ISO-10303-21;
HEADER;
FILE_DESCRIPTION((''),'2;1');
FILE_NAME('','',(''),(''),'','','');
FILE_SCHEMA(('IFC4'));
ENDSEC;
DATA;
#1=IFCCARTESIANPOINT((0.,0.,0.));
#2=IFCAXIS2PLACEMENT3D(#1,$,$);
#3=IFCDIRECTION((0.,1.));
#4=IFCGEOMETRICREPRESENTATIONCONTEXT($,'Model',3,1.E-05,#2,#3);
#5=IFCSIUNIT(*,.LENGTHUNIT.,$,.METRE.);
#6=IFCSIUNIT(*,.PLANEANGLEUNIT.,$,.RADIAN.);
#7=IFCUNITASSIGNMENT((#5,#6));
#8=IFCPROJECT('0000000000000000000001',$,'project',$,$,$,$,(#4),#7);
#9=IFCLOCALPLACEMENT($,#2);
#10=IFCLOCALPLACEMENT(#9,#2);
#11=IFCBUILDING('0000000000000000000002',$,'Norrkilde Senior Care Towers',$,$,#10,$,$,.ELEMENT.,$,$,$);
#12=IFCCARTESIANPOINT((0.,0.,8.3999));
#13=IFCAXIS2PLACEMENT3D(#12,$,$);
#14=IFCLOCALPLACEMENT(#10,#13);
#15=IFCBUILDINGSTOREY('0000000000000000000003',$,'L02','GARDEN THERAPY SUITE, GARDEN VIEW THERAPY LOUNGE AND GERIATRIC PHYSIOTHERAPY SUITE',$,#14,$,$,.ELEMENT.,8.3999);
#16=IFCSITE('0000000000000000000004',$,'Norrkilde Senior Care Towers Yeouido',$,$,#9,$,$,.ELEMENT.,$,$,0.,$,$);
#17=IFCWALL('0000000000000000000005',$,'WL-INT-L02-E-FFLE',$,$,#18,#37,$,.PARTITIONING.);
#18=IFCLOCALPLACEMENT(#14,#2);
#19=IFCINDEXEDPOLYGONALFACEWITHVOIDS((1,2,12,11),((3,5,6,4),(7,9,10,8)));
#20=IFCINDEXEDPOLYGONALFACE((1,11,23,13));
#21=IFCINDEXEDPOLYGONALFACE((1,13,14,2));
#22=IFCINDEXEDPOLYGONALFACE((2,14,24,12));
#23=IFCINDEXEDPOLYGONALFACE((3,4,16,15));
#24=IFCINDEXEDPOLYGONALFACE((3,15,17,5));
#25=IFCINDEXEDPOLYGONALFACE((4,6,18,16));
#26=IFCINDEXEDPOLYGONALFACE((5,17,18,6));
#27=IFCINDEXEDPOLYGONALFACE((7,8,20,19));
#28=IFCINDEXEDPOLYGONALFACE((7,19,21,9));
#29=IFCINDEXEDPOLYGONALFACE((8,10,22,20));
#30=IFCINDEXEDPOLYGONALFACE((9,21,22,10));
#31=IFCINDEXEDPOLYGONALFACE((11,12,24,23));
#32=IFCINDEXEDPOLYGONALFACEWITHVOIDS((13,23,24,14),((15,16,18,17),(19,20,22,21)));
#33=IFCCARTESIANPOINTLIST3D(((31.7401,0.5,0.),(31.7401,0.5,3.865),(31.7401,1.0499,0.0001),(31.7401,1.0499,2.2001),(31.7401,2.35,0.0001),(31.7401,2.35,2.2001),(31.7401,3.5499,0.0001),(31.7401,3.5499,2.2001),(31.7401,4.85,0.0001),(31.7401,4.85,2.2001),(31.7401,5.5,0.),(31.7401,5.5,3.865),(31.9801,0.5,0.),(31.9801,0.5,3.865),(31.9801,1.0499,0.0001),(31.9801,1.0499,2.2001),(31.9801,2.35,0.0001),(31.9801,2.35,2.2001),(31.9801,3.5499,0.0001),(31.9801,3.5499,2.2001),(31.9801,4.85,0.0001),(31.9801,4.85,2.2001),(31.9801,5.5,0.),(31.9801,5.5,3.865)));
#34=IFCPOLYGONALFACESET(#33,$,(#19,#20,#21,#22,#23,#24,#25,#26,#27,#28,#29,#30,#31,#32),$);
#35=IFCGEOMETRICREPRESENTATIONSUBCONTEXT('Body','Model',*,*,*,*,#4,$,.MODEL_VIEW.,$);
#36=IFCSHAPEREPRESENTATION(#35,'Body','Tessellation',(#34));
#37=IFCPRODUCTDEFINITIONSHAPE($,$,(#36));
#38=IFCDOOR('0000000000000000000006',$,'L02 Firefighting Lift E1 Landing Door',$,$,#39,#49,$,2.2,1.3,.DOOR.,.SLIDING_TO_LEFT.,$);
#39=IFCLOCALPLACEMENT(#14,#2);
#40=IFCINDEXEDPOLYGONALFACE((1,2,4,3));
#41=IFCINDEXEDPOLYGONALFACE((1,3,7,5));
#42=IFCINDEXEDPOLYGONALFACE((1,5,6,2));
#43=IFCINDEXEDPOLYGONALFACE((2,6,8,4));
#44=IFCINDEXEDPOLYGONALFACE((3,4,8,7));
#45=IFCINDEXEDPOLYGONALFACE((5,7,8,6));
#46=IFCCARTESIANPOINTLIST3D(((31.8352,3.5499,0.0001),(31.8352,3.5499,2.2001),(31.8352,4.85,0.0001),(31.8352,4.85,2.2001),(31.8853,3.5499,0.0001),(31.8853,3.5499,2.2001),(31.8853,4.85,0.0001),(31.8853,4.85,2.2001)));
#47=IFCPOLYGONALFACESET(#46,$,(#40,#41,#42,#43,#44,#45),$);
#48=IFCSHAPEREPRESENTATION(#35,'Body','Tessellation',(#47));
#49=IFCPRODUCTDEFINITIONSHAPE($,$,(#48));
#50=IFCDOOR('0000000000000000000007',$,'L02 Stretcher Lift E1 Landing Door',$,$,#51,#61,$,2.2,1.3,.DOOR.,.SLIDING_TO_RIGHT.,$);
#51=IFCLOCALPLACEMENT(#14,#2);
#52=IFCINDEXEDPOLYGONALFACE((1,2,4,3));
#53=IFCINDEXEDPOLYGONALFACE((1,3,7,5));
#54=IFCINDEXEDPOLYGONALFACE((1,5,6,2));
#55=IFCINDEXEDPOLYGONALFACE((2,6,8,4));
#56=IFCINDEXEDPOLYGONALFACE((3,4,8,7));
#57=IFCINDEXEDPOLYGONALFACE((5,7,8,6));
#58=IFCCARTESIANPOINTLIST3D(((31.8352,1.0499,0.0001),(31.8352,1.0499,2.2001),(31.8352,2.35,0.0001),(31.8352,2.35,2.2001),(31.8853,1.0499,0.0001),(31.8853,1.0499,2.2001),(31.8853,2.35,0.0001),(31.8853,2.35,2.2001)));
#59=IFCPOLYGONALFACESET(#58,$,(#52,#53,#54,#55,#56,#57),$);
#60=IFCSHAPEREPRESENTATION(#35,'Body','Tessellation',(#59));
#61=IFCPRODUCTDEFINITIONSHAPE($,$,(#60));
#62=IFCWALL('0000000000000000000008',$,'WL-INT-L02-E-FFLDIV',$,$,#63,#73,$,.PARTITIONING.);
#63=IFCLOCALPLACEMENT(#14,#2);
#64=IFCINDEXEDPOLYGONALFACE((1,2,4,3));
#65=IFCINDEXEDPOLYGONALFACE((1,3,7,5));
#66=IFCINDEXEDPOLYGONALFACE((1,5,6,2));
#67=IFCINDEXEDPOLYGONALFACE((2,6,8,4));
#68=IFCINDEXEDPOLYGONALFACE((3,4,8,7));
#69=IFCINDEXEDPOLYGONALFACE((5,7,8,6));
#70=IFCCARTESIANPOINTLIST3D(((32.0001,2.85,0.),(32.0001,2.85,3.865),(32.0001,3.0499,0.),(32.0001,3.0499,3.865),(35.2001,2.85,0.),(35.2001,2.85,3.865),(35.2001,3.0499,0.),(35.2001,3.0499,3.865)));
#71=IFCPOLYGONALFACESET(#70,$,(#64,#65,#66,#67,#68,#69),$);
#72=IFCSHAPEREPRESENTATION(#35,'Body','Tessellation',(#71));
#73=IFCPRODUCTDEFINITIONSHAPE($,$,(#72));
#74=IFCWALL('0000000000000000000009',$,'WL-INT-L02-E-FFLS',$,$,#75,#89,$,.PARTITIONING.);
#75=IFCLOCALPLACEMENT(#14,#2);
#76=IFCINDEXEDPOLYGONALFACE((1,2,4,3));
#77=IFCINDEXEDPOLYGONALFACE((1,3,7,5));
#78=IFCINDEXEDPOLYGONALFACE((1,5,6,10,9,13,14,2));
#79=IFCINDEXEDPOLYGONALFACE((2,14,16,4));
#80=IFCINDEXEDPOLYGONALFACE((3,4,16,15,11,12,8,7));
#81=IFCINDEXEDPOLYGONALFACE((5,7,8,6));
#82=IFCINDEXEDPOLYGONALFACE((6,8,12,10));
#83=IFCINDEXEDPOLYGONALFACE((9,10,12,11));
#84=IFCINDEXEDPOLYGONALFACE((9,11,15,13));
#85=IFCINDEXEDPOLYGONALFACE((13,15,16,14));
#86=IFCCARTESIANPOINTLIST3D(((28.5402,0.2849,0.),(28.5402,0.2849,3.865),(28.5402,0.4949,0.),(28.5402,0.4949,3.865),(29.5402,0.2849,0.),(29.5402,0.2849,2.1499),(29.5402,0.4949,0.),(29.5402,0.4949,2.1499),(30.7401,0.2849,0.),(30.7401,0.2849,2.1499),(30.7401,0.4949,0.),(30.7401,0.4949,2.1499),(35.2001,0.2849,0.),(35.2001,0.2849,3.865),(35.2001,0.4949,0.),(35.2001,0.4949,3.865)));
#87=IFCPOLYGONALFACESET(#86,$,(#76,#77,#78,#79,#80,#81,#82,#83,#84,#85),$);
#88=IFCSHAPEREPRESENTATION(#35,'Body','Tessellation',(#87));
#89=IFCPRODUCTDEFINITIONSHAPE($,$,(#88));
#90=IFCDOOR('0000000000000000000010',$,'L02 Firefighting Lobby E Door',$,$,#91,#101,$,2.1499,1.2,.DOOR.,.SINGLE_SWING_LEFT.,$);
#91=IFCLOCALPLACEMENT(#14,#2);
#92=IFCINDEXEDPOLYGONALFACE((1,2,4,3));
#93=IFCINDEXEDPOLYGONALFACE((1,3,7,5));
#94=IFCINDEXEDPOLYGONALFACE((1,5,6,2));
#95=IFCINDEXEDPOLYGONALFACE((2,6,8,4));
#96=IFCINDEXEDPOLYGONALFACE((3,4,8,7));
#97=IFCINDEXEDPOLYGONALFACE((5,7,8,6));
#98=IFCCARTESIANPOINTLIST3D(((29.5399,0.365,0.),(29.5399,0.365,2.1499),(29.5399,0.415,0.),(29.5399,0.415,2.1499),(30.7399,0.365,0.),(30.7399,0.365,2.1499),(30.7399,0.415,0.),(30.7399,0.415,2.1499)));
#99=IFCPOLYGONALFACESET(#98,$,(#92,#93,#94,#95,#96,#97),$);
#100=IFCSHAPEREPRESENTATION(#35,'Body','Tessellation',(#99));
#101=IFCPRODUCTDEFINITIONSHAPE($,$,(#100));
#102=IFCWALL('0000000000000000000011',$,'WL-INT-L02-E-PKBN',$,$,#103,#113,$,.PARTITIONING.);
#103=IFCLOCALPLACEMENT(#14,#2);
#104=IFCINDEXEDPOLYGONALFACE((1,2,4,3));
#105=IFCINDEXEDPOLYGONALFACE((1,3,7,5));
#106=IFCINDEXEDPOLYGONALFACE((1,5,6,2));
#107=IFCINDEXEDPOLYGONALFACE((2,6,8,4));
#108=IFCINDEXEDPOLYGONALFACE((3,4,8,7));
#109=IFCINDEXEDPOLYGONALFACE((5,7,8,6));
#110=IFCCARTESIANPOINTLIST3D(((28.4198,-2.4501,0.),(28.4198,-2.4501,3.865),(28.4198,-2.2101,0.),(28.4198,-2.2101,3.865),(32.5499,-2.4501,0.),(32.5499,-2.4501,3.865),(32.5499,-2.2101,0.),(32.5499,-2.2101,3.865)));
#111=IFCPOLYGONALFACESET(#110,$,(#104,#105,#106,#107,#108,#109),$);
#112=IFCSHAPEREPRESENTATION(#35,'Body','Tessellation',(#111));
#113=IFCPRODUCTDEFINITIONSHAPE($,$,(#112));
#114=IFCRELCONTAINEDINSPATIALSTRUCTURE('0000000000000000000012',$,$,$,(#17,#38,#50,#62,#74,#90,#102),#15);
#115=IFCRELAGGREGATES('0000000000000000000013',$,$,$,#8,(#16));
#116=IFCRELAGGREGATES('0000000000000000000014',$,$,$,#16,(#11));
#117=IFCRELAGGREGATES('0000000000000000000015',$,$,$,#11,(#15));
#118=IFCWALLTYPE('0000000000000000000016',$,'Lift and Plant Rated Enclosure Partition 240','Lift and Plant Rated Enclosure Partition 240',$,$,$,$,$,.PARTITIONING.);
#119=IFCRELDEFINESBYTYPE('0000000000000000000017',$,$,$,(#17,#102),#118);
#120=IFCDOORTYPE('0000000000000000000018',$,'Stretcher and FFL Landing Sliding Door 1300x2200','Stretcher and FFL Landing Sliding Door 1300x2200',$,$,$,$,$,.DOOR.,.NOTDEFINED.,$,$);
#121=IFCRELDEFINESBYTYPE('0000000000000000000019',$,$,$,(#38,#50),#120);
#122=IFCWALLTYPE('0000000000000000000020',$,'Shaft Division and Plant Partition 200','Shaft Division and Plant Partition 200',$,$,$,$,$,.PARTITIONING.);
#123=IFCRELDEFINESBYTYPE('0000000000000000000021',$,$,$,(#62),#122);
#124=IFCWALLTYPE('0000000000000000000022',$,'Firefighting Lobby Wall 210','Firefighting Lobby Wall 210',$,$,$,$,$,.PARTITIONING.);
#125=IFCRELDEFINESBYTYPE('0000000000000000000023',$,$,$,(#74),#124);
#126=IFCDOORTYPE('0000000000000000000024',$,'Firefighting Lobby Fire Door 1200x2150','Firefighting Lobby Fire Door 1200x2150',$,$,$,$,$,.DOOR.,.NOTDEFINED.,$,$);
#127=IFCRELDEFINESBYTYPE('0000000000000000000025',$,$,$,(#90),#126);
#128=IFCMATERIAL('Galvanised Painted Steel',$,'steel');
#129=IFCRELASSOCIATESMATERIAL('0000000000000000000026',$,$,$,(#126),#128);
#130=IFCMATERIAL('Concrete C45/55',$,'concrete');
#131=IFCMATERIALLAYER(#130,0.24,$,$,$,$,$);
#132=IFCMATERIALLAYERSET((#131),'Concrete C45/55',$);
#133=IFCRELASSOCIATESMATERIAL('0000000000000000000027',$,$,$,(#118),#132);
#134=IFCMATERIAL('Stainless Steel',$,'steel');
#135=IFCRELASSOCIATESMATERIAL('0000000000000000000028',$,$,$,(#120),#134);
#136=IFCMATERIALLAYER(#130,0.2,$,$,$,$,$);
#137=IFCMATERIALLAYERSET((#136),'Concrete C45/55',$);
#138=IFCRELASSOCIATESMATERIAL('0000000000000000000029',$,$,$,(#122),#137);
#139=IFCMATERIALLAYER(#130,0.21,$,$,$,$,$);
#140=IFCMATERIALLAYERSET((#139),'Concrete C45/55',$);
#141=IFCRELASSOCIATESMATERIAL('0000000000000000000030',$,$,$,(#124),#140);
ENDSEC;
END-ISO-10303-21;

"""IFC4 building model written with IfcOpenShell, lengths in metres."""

from ifc_helpers import new_model, si_unit, direction, frame, frame_2d, origin, place, context, subcontext, project, spatial, rectangle, extrude, source, transform, mapped, material, layer, layer_set, type_object, type_shapes, element, fill, save


model = new_model("IFC4")

# Units and contexts
model_context = context("Model", 3, precision=1e-05, world=origin(), true_north=direction((0.0, 1.0)))
body_context = subcontext(model_context, "Body", "Model", "MODEL_VIEW")
ifc_project = project(units=[si_unit("LENGTHUNIT", "METRE"), si_unit("PLANEANGLEUNIT", "RADIAN")], contexts=[model_context])

# Site, building, storey
site_placement = place(None, origin())
site = spatial("IfcSite", under=ifc_project, at=site_placement, Name="Norrkilde Senior Care Towers Yeouido", CompositionType="ELEMENT", RefElevation=0.0)
building_placement = place(site_placement, origin())
building = spatial("IfcBuilding", under=site, at=building_placement, Name="Norrkilde Senior Care Towers", CompositionType="ELEMENT")
storey_placement = place(building_placement, frame((0.0, 0.0, 8.3999)))
storey = spatial("IfcBuildingStorey", under=building, at=storey_placement, Name="L02", Description="GARDEN THERAPY SUITE, GARDEN VIEW THERAPY LOUNGE AND GERIATRIC PHYSIOTHERAPY SUITE", CompositionType="ELEMENT", Elevation=8.3999)

# Shared definitions
ifc_material_1 = material(Name="Galvanised Painted Steel", Category="steel")
door_type_1 = type_object("IfcDoorType", Name="Firefighting Lobby Fire Door 1200x2150", Description="Firefighting Lobby Fire Door 1200x2150", OperationType="NOTDEFINED", PredefinedType="DOOR", material=ifc_material_1)
shared_shape_1 = source(origin(), body_context, "Body", "SweptSolid", [
    extrude(rectangle(XDim=1.2, YDim=2.1499, at=frame_2d((0.6001, 1.075))), frame((0.0, 0.0249, 0.0), z_axis=(0.0, -1.0, 0.0), x_axis=(1.0, 0.0, 0.0)), (0.0, 0.0, 1.0), 0.05),
])
type_shapes(door_type_1, [shared_shape_1])

# Wall, openings, doors
ifc_material_2 = material(Name="Concrete C45/55", Category="concrete")
ifc_layer_1 = layer(ifc_material_2, 0.24)
ifc_layer_set_1 = layer_set([ifc_layer_1], Name="Concrete C45/55")
wall_type_1 = type_object("IfcWallType", Name="Lift and Plant Rated Enclosure Partition 240", Description="Lift and Plant Rated Enclosure Partition 240", PredefinedType="PARTITIONING", material=ifc_layer_set_1)
shared_shape_2 = source(origin(), body_context, "Body", "SweptSolid", [
    extrude(rectangle(XDim=5.0, YDim=0.24, at=frame_2d((2.5, 0.0))), origin(), (0.0, 0.0, 1.0), 3.865),
])
wall_1_placement = place(storey_placement, frame((31.8601, 0.5, 0.0), z_axis=(0.0, 0.0, 1.0), x_axis=(0.0, 1.0, 0.0)))
wall_1 = element("IfcWall", 1, at=wall_1_placement, inside=storey, type_object=wall_type_1, Name="WL-INT-L02-E-FFLE", PredefinedType="PARTITIONING", context=body_context, shape_type="MappedRepresentation", body=[
    mapped(shared_shape_2, transform((0.0, 0.0, 0.0), x_axis=(1.0, 0.0, 0.0), y_axis=(0.0, 1.0, 0.0), z_axis=(0.0, 0.0, 1.0), scale=1.0)),
])
opening_1_placement = place(wall_1_placement, frame((3.05, 0.0, 0.0)))
opening_1 = element("IfcOpeningElement", 2, at=opening_1_placement, cuts=wall_1, PredefinedType="OPENING", context=body_context, shape_type="SweptSolid", body=[
    extrude(rectangle(XDim=1.3, YDim=2.2, at=frame_2d((0.6499, 1.1001))), frame((0.0, 0.1299, 0.0), z_axis=(0.0, -1.0, 0.0), x_axis=(1.0, 0.0, 0.0)), (0.0, 0.0, 1.0), 0.26),
])
opening_2_placement = place(wall_1_placement, frame((0.55, 0.0, 0.0)))
opening_2 = element("IfcOpeningElement", 3, at=opening_2_placement, cuts=wall_1, PredefinedType="OPENING", context=body_context, shape_type="SweptSolid", body=[
    extrude(rectangle(XDim=1.3, YDim=2.2, at=frame_2d((0.6499, 1.1001))), frame((0.0, 0.1299, 0.0), z_axis=(0.0, -1.0, 0.0), x_axis=(1.0, 0.0, 0.0)), (0.0, 0.0, 1.0), 0.26),
])
ifc_material_3 = material(Name="Stainless Steel", Category="steel")
door_type_2 = type_object("IfcDoorType", Name="Stretcher and FFL Landing Sliding Door 1300x2200", Description="Stretcher and FFL Landing Sliding Door 1300x2200", OperationType="NOTDEFINED", PredefinedType="DOOR", material=ifc_material_3)
shared_shape_3 = source(origin(), body_context, "Body", "SweptSolid", [
    extrude(rectangle(XDim=1.3, YDim=2.2, at=frame_2d((0.6499, 1.1001))), frame((0.0, 0.0249, 0.0), z_axis=(0.0, -1.0, 0.0), x_axis=(1.0, 0.0, 0.0)), (0.0, 0.0, 1.0), 0.05),
])
type_shapes(door_type_2, [shared_shape_3])
door_1_placement = place(opening_1_placement, origin())
door_1 = element("IfcDoor", 4, at=door_1_placement, inside=storey, type_object=door_type_2, Name="L02 Firefighting Lift E1 Landing Door", OperationType="SLIDING_TO_LEFT", OverallHeight=2.2, OverallWidth=1.3, PredefinedType="DOOR", context=body_context, shape_type="MappedRepresentation", body=[
    mapped(shared_shape_3, transform((0.0, 0.0, 0.0), x_axis=(1.0, 0.0, 0.0), y_axis=(0.0, 1.0, 0.0), z_axis=(0.0, 0.0, 1.0), scale=1.0)),
])
fill(opening_1, door_1)
door_2_placement = place(opening_2_placement, origin())
door_2 = element("IfcDoor", 5, at=door_2_placement, inside=storey, type_object=door_type_2, Name="L02 Stretcher Lift E1 Landing Door", OperationType="SLIDING_TO_RIGHT", OverallHeight=2.2, OverallWidth=1.3, PredefinedType="DOOR", context=body_context, shape_type="MappedRepresentation", body=[
    mapped(shared_shape_3, transform((0.0, 0.0, 0.0), x_axis=(1.0, 0.0, 0.0), y_axis=(0.0, 1.0, 0.0), z_axis=(0.0, 0.0, 1.0), scale=1.0)),
])
fill(opening_2, door_2)

# Wall
ifc_layer_2 = layer(ifc_material_2, 0.2)
ifc_layer_set_2 = layer_set([ifc_layer_2], Name="Concrete C45/55")
wall_type_2 = type_object("IfcWallType", Name="Shaft Division and Plant Partition 200", Description="Shaft Division and Plant Partition 200", PredefinedType="PARTITIONING", material=ifc_layer_set_2)
shared_shape_4 = source(origin(), body_context, "Body", "SweptSolid", [
    extrude(rectangle(XDim=3.2, YDim=0.2, at=frame_2d((1.6001, 0.0))), origin(), (0.0, 0.0, 1.0), 3.865),
])
type_shapes(wall_type_2, [shared_shape_4])
wall_2_placement = place(storey_placement, frame((32.0, 2.95, 0.0), z_axis=(0.0, 0.0, 1.0), x_axis=(1.0, 0.0, 0.0)))
element("IfcWall", 6, at=wall_2_placement, inside=storey, type_object=wall_type_2, Name="WL-INT-L02-E-FFLDIV", PredefinedType="PARTITIONING", context=body_context, shape_type="MappedRepresentation", body=[
    mapped(shared_shape_4, transform((0.0, 0.0, 0.0), x_axis=(1.0, 0.0, 0.0), y_axis=(0.0, 1.0, 0.0), z_axis=(0.0, 0.0, 1.0), scale=1.0)),
])

# Wall, opening, door
ifc_layer_3 = layer(ifc_material_2, 0.21)
ifc_layer_set_3 = layer_set([ifc_layer_3], Name="Concrete C45/55")
wall_type_3 = type_object("IfcWallType", Name="Firefighting Lobby Wall 210", Description="Firefighting Lobby Wall 210", PredefinedType="PARTITIONING", material=ifc_layer_set_3)
shared_shape_5 = source(origin(), body_context, "Body", "SweptSolid", [
    extrude(rectangle(XDim=6.6599, YDim=0.21, at=frame_2d((3.3301, 0.0))), origin(), (0.0, 0.0, 1.0), 3.865),
])
type_shapes(wall_type_3, [shared_shape_5])
wall_3_placement = place(storey_placement, frame((28.54, 0.3899, 0.0), z_axis=(0.0, 0.0, 1.0), x_axis=(1.0, 0.0, 0.0)))
wall_3 = element("IfcWall", 7, at=wall_3_placement, inside=storey, type_object=wall_type_3, Name="WL-INT-L02-E-FFLS", PredefinedType="PARTITIONING", context=body_context, shape_type="MappedRepresentation", body=[
    mapped(shared_shape_5, transform((0.0, 0.0, 0.0), x_axis=(1.0, 0.0, 0.0), y_axis=(0.0, 1.0, 0.0), z_axis=(0.0, 0.0, 1.0), scale=1.0)),
])
opening_3_placement = place(wall_3_placement, frame((1.0, 0.0, 0.0)))
opening_3 = element("IfcOpeningElement", 8, at=opening_3_placement, cuts=wall_3, PredefinedType="OPENING", context=body_context, shape_type="SweptSolid", body=[
    extrude(rectangle(XDim=1.2, YDim=2.1499, at=frame_2d((0.6001, 1.075))), frame((0.0, 0.115, 0.0), z_axis=(0.0, -1.0, 0.0), x_axis=(1.0, 0.0, 0.0)), (0.0, 0.0, 1.0), 0.23),
])
door_3_placement = place(opening_3_placement, frame((1.2, 0.0, 0.0), z_axis=(0.0, 0.0, 1.0), x_axis=(-1.0, 0.0, 0.0)))
door_3 = element("IfcDoor", 9, at=door_3_placement, inside=storey, type_object=door_type_1, Name="L02 Firefighting Lobby E Door", OperationType="SINGLE_SWING_LEFT", OverallHeight=2.1499, OverallWidth=1.2, PredefinedType="DOOR", context=body_context, shape_type="MappedRepresentation", body=[
    mapped(shared_shape_1, transform((0.0, 0.0, 0.0), x_axis=(1.0, 0.0, 0.0), y_axis=(0.0, 1.0, 0.0), z_axis=(0.0, 0.0, 1.0), scale=1.0)),
])
fill(opening_3, door_3)

# Wall
shared_shape_6 = source(origin(), body_context, "Body", "SweptSolid", [
    extrude(rectangle(XDim=4.1301, YDim=0.24, at=frame_2d((2.0649, 0.0))), origin(), (0.0, 0.0, 1.0), 3.865),
])
type_shapes(wall_type_1, [shared_shape_2, shared_shape_6])
wall_4_placement = place(storey_placement, frame((28.4199, -2.3301, 0.0), z_axis=(0.0, 0.0, 1.0), x_axis=(1.0, 0.0, 0.0)))
element("IfcWall", 10, at=wall_4_placement, inside=storey, type_object=wall_type_1, Name="WL-INT-L02-E-PKBN", PredefinedType="PARTITIONING", context=body_context, shape_type="MappedRepresentation", body=[
    mapped(shared_shape_6, transform((0.0, 0.0, 0.0), x_axis=(1.0, 0.0, 0.0), y_axis=(0.0, 1.0, 0.0), z_axis=(0.0, 0.0, 1.0), scale=1.0)),
])

save(model, "model.ifc")
